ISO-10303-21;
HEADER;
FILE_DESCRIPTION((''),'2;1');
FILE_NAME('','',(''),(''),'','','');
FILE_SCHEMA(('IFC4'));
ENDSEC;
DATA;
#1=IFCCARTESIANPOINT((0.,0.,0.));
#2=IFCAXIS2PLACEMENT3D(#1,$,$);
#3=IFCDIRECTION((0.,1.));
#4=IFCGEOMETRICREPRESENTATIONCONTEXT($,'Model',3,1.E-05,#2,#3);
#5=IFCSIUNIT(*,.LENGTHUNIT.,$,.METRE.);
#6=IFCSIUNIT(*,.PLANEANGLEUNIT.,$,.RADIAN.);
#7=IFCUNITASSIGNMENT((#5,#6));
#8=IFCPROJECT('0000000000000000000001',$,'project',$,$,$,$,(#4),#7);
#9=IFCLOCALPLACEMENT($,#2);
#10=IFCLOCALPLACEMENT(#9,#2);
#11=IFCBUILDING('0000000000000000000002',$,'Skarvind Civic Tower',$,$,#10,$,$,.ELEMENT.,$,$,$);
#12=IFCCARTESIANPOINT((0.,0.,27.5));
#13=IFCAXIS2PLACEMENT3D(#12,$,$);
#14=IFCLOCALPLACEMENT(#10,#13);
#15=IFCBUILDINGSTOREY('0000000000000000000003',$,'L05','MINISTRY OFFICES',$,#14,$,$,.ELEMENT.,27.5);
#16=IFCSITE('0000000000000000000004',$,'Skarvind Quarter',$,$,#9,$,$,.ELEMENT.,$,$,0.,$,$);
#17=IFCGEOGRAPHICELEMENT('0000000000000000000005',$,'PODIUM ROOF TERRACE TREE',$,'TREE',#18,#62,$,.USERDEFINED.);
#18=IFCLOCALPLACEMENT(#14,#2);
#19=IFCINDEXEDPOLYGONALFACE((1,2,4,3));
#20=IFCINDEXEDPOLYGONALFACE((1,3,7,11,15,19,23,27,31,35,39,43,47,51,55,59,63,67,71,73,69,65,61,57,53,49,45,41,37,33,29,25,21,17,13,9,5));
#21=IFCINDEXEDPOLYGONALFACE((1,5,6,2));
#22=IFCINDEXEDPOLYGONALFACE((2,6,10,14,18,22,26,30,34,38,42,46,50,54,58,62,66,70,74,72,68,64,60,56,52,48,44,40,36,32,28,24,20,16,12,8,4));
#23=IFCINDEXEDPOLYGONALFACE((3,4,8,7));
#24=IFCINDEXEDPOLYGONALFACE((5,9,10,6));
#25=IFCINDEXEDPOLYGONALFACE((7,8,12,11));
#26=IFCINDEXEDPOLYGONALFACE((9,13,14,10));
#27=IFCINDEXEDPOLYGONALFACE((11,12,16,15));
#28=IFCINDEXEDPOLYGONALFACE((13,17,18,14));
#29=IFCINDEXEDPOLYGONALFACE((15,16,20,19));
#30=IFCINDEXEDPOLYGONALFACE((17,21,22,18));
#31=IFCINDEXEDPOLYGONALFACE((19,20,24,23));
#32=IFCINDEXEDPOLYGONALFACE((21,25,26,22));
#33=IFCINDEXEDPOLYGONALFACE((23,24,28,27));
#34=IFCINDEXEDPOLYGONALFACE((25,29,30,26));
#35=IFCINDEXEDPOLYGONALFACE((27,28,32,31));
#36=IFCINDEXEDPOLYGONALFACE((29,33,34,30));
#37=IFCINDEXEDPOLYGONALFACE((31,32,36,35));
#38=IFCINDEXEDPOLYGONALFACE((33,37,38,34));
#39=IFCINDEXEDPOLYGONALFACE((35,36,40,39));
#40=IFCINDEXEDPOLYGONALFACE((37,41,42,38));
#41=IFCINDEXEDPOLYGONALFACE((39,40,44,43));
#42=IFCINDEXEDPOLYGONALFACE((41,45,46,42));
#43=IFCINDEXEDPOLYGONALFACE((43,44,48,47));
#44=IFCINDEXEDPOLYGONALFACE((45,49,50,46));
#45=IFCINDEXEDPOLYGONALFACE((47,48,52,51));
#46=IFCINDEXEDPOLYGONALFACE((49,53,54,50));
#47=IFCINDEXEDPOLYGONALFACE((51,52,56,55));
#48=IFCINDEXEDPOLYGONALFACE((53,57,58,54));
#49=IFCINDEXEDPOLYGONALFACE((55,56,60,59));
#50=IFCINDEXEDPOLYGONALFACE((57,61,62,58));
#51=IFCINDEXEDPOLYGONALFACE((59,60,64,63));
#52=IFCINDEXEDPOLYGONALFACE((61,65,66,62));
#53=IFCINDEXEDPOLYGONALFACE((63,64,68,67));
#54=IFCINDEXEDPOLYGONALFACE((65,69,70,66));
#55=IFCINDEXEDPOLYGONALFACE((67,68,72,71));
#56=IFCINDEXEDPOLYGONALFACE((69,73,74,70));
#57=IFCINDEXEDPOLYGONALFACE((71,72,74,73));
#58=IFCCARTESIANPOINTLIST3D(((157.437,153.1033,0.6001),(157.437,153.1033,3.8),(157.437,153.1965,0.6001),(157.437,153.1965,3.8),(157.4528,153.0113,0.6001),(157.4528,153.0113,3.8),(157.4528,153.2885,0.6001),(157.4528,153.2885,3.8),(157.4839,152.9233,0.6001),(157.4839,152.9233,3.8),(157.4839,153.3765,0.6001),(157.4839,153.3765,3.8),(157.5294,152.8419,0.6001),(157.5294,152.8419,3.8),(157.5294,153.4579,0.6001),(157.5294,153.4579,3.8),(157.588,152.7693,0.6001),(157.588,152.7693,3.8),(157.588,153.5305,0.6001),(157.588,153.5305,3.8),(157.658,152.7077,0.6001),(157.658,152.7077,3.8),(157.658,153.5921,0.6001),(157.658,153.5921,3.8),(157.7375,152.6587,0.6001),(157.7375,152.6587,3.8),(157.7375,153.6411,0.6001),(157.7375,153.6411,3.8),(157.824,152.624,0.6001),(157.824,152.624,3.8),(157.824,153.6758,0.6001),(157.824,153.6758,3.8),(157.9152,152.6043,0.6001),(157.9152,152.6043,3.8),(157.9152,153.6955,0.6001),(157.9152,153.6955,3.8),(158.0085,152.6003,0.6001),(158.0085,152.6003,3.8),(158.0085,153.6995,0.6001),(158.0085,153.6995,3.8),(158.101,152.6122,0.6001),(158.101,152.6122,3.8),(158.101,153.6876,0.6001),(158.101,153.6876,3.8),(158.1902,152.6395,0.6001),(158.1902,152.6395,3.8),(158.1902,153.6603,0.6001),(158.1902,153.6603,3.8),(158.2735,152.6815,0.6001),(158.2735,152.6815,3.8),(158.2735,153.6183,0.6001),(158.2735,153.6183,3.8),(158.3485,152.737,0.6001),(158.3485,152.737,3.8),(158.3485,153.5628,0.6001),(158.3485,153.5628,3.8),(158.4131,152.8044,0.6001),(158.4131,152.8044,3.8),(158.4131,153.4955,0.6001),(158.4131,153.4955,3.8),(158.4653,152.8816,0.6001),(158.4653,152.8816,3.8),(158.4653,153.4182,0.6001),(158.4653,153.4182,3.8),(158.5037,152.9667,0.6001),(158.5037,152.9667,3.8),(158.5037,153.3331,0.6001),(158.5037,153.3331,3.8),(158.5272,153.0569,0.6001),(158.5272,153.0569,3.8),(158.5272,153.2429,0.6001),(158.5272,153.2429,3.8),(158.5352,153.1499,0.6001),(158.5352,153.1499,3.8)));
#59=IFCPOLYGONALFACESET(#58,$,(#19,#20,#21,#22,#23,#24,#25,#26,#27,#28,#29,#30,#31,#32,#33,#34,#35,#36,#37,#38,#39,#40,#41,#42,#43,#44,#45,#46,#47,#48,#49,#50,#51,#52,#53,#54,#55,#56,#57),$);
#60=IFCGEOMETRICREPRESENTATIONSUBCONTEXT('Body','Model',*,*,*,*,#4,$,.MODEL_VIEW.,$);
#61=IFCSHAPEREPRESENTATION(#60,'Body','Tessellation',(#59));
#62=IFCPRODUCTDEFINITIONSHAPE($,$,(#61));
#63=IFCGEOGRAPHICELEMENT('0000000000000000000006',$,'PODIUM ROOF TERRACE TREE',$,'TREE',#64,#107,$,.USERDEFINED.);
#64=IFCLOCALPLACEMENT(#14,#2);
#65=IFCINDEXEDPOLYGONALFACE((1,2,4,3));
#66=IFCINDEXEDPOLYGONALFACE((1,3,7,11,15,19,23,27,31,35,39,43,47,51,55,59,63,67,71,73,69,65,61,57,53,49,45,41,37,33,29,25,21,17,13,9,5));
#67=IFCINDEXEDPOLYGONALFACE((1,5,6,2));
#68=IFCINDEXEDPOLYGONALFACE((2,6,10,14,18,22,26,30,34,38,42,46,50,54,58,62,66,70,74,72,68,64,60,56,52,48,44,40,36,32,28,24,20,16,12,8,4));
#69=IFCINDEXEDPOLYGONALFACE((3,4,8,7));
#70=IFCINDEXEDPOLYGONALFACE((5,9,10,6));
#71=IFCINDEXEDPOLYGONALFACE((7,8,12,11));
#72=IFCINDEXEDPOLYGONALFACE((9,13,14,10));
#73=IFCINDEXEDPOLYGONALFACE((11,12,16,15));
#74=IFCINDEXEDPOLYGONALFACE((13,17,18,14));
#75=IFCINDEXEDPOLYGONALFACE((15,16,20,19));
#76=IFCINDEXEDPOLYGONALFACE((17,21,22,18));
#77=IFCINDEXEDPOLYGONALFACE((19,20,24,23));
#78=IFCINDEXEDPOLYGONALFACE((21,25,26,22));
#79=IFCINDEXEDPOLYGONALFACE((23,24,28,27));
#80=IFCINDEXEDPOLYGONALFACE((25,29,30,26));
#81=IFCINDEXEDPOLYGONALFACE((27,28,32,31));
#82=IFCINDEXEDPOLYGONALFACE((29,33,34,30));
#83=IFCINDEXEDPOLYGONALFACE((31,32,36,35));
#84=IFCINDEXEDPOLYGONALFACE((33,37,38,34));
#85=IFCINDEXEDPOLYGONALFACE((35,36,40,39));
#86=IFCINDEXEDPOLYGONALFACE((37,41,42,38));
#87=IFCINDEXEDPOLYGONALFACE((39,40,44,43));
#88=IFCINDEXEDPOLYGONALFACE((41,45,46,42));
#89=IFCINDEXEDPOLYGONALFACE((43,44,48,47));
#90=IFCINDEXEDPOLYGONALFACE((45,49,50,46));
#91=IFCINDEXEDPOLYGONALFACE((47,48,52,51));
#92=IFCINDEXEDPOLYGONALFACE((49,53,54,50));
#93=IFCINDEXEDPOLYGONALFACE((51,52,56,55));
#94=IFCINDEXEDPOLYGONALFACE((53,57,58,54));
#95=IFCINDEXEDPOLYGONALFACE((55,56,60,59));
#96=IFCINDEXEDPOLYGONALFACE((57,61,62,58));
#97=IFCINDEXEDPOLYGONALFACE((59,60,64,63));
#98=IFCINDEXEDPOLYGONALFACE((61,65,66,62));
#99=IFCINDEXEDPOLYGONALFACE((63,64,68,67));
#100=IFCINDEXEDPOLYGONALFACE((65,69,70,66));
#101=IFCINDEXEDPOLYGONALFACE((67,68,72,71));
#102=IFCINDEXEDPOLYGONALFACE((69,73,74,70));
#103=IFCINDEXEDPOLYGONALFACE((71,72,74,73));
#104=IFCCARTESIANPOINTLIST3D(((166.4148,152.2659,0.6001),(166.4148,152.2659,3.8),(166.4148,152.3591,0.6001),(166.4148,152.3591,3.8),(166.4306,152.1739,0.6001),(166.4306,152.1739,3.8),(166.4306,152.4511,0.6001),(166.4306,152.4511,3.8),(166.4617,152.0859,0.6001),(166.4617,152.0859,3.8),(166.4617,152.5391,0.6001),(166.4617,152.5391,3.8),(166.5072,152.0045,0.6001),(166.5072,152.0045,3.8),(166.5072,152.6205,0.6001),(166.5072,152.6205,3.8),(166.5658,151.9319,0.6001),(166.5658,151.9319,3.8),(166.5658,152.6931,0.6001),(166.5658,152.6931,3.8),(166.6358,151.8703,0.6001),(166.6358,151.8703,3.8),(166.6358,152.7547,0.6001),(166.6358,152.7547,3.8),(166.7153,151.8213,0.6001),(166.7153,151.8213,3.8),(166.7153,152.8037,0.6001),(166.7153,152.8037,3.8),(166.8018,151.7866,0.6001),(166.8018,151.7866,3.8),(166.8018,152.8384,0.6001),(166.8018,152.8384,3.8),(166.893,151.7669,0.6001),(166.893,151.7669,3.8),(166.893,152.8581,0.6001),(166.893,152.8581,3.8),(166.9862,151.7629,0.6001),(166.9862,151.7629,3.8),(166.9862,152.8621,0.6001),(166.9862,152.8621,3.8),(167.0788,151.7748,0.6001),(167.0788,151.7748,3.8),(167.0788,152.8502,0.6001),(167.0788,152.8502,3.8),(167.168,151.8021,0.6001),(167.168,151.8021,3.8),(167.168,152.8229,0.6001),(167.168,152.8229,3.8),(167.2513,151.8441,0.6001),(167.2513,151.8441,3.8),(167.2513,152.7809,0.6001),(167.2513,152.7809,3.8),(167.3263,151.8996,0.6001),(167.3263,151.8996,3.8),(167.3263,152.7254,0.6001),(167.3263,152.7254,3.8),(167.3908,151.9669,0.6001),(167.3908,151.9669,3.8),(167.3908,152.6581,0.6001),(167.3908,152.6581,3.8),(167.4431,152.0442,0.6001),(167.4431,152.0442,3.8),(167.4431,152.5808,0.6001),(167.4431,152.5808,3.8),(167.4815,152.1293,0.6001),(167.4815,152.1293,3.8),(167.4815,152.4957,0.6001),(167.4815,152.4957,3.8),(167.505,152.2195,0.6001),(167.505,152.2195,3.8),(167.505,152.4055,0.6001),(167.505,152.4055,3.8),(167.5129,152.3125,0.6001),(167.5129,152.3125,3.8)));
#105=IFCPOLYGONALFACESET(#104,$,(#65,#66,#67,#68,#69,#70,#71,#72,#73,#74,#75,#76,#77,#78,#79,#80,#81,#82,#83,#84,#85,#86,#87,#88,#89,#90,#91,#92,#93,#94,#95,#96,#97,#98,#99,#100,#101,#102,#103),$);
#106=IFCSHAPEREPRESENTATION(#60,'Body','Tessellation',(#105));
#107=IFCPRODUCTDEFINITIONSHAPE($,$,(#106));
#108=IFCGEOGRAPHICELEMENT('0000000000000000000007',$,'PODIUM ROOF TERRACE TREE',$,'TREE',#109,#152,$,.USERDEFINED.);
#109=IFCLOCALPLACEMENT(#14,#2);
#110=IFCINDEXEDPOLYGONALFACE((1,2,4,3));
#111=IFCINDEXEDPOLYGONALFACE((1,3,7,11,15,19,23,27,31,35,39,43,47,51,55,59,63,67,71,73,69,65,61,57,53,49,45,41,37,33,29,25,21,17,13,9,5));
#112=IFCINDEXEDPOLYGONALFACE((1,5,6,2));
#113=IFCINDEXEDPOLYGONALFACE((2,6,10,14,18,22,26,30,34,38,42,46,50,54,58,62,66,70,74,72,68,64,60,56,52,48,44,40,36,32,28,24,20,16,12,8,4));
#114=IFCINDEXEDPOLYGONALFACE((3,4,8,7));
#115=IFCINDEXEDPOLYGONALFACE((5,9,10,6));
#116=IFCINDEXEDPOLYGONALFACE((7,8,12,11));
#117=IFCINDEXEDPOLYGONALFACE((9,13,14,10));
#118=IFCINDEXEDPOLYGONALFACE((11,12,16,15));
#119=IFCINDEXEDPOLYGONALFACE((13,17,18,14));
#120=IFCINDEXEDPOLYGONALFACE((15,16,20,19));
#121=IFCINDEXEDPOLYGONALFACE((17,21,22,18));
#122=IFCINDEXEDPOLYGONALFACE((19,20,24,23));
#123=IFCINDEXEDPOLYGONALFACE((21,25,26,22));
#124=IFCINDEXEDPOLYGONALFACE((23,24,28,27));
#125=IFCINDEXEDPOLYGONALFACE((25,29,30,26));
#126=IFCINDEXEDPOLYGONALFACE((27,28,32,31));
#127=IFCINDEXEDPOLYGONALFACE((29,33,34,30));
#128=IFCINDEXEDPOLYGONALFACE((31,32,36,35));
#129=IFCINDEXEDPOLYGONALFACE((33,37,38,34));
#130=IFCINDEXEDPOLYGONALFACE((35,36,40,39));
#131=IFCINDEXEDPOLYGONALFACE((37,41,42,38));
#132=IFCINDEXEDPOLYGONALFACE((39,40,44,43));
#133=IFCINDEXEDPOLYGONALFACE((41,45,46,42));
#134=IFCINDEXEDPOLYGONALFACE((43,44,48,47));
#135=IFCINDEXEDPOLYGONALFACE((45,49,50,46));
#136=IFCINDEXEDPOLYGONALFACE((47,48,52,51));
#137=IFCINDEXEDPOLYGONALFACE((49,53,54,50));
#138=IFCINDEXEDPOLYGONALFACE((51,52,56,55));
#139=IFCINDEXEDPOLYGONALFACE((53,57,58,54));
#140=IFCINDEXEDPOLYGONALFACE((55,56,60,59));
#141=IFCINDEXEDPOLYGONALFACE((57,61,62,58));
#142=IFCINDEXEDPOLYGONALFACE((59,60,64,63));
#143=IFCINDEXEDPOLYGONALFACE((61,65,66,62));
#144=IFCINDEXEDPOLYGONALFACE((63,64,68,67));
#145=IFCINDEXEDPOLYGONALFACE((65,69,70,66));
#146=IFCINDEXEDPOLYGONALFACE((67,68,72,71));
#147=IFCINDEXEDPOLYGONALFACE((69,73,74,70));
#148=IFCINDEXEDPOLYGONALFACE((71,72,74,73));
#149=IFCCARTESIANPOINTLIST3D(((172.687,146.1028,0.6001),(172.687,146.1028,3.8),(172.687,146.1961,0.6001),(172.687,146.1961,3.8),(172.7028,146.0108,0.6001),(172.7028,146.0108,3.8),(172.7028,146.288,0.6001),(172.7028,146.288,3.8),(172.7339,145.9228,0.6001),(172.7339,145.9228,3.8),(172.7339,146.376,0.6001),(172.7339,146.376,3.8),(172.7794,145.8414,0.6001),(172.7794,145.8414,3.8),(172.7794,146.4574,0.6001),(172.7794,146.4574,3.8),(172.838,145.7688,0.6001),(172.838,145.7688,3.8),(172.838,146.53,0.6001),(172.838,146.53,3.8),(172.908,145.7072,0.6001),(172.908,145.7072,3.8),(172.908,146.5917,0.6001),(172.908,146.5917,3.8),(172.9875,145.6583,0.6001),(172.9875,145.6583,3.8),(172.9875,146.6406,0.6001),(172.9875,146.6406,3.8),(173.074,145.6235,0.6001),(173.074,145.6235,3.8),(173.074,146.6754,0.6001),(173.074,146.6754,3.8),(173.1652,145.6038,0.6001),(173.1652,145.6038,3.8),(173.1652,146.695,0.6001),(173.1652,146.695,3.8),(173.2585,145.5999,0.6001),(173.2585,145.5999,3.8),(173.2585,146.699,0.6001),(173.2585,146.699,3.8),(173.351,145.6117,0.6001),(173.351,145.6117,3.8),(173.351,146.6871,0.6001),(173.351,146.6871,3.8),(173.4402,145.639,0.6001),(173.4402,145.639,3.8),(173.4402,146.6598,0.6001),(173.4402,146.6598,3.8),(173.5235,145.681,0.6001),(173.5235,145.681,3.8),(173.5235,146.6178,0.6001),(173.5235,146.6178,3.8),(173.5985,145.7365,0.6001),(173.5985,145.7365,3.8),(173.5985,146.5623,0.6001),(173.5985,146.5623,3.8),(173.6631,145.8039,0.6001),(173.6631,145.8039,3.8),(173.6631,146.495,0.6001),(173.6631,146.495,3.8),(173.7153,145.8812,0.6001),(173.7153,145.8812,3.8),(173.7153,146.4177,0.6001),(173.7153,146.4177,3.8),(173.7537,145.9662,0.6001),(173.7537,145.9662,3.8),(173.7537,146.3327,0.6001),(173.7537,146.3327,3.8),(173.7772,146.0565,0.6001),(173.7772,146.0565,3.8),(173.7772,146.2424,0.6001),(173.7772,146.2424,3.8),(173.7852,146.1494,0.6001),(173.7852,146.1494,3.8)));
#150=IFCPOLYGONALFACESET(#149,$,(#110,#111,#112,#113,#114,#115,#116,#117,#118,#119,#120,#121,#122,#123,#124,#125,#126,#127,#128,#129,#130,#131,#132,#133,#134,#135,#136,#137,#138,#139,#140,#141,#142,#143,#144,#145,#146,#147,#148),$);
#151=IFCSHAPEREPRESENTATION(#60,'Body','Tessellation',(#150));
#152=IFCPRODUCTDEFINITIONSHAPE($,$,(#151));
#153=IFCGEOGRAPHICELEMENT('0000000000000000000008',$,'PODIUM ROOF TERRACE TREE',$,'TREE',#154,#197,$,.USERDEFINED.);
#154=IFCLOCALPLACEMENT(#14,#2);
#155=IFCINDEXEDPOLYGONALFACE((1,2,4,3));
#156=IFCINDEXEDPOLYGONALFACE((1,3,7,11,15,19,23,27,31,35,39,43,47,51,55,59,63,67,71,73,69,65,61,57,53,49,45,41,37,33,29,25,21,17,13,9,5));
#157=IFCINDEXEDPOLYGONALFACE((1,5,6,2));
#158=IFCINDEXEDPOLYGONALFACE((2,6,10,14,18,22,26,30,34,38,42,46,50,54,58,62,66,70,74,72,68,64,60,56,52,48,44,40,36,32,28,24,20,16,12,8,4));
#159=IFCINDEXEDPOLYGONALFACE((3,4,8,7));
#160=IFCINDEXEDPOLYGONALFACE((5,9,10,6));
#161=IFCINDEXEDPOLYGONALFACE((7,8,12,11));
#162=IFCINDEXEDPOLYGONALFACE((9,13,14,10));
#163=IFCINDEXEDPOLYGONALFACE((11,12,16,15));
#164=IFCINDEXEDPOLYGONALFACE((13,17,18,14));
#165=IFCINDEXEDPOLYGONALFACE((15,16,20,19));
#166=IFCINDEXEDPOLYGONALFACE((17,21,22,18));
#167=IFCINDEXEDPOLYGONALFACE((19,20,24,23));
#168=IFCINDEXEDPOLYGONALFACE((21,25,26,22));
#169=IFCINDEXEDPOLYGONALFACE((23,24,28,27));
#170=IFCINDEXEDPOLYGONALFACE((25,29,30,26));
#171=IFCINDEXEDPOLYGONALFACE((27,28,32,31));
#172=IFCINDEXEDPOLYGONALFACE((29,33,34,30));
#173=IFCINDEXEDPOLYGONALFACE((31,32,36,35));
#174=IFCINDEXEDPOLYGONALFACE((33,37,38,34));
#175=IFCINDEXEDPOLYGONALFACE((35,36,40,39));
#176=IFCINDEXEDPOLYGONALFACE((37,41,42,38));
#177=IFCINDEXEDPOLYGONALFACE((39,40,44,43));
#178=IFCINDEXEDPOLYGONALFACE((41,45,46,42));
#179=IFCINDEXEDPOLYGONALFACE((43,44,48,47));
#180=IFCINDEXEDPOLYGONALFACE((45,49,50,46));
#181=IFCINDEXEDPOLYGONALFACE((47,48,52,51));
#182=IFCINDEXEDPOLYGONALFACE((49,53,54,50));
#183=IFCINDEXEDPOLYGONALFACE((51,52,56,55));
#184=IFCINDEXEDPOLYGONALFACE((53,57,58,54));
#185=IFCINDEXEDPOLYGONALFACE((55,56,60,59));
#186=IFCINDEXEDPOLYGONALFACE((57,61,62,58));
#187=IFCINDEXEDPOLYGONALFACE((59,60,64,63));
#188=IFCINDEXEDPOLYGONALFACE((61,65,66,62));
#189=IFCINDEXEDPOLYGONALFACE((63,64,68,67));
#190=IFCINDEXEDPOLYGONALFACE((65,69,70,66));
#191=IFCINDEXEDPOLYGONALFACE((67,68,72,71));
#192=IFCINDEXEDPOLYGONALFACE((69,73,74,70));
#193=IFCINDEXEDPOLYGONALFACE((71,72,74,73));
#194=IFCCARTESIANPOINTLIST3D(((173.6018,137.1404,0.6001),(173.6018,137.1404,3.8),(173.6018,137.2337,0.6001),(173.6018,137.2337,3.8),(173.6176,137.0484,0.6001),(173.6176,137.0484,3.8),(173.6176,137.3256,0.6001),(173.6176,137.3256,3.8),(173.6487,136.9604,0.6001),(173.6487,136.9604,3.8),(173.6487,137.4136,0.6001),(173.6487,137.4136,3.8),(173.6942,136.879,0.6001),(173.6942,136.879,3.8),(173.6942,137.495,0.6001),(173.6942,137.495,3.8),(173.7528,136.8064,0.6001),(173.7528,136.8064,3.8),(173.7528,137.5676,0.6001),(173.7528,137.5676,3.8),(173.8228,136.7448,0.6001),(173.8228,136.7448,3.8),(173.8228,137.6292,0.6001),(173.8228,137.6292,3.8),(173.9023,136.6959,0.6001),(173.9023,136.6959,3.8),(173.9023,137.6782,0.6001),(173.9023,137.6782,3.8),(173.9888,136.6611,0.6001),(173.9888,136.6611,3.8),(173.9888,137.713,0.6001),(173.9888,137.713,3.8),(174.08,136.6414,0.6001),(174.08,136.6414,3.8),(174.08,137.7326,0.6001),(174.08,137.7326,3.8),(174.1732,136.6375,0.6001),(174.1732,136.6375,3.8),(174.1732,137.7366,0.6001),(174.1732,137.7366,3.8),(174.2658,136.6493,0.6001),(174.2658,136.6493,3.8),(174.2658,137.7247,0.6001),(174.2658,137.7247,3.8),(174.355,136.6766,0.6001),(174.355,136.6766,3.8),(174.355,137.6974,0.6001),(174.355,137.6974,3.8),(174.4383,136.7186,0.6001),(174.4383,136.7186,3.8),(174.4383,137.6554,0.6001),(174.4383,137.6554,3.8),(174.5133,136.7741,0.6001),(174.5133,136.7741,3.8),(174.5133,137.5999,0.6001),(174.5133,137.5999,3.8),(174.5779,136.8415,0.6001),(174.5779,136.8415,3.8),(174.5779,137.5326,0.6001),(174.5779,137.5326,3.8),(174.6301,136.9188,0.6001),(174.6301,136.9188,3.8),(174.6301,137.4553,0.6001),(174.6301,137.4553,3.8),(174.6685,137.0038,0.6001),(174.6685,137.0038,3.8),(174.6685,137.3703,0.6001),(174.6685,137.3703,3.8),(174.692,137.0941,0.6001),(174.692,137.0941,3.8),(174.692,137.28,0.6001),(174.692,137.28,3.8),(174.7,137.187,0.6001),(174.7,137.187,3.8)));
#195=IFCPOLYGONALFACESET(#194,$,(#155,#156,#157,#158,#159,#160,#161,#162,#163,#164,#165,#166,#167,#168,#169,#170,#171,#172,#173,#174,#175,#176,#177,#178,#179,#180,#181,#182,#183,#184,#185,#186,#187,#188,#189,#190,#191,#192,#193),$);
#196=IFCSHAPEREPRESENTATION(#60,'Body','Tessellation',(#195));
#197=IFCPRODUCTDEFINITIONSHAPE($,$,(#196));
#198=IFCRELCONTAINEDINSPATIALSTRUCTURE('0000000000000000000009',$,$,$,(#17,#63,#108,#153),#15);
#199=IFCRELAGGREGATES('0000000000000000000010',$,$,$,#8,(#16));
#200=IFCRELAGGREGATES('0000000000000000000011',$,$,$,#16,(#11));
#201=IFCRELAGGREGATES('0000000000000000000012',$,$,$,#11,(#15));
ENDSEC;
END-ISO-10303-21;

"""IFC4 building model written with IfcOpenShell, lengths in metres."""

from ifc_helpers import new_model, si_unit, direction, frame, origin, origin_2d, place, context, subcontext, project, spatial, circle, extrude, element, save


model = new_model("IFC4")

# Units and contexts
model_context = context("Model", 3, precision=1e-05, world=origin(), true_north=direction((0.0, 1.0)))
body_context = subcontext(model_context, "Body", "Model", "MODEL_VIEW")
ifc_project = project(units=[si_unit("LENGTHUNIT", "METRE"), si_unit("PLANEANGLEUNIT", "RADIAN")], contexts=[model_context])

# Site, building, storey
site_placement = place(None, origin())
site = spatial("IfcSite", under=ifc_project, at=site_placement, Name="Skarvind Quarter", CompositionType="ELEMENT", RefElevation=0.0)
building_placement = place(site_placement, origin())
building = spatial("IfcBuilding", under=site, at=building_placement, Name="Skarvind Civic Tower", CompositionType="ELEMENT")
storey_placement = place(building_placement, frame((0.0, 0.0, 27.5)))
storey = spatial("IfcBuildingStorey", under=building, at=storey_placement, Name="L05", Description="MINISTRY OFFICES", CompositionType="ELEMENT", Elevation=27.5)

# Geographic elements
for number, where, z_axis, x_axis, name in (
    (1, (157.9851, 153.1499, 0.6001), (0.0, 0.0, 1.0), (1.0, 0.0, 0.0), "PODIUM ROOF TERRACE TREE"),
    (2, (166.9629, 152.3125, 0.6001), (0.0, 0.0, 1.0), (1.0, 0.0, 0.0), "PODIUM ROOF TERRACE TREE"),
    (3, (173.2351, 146.1494, 0.6001), (0.0, 0.0, 1.0), (1.0, 0.0, 0.0), "PODIUM ROOF TERRACE TREE"),
    (4, (174.1499, 137.187, 0.6001), (0.0, 0.0, 1.0), (1.0, 0.0, 0.0), "PODIUM ROOF TERRACE TREE"),
):
    element("IfcGeographicElement", number, at=place(storey_placement, frame(where, z_axis=z_axis, x_axis=x_axis)), inside=storey, Name=name, ObjectType="TREE", PredefinedType="USERDEFINED", context=body_context, shape_type="SweptSolid", body=[
        extrude(circle(Radius=0.55, at=origin_2d()), origin(), (0.0, 0.0, 1.0), 3.2),
    ])

save(model, "model.ifc")
